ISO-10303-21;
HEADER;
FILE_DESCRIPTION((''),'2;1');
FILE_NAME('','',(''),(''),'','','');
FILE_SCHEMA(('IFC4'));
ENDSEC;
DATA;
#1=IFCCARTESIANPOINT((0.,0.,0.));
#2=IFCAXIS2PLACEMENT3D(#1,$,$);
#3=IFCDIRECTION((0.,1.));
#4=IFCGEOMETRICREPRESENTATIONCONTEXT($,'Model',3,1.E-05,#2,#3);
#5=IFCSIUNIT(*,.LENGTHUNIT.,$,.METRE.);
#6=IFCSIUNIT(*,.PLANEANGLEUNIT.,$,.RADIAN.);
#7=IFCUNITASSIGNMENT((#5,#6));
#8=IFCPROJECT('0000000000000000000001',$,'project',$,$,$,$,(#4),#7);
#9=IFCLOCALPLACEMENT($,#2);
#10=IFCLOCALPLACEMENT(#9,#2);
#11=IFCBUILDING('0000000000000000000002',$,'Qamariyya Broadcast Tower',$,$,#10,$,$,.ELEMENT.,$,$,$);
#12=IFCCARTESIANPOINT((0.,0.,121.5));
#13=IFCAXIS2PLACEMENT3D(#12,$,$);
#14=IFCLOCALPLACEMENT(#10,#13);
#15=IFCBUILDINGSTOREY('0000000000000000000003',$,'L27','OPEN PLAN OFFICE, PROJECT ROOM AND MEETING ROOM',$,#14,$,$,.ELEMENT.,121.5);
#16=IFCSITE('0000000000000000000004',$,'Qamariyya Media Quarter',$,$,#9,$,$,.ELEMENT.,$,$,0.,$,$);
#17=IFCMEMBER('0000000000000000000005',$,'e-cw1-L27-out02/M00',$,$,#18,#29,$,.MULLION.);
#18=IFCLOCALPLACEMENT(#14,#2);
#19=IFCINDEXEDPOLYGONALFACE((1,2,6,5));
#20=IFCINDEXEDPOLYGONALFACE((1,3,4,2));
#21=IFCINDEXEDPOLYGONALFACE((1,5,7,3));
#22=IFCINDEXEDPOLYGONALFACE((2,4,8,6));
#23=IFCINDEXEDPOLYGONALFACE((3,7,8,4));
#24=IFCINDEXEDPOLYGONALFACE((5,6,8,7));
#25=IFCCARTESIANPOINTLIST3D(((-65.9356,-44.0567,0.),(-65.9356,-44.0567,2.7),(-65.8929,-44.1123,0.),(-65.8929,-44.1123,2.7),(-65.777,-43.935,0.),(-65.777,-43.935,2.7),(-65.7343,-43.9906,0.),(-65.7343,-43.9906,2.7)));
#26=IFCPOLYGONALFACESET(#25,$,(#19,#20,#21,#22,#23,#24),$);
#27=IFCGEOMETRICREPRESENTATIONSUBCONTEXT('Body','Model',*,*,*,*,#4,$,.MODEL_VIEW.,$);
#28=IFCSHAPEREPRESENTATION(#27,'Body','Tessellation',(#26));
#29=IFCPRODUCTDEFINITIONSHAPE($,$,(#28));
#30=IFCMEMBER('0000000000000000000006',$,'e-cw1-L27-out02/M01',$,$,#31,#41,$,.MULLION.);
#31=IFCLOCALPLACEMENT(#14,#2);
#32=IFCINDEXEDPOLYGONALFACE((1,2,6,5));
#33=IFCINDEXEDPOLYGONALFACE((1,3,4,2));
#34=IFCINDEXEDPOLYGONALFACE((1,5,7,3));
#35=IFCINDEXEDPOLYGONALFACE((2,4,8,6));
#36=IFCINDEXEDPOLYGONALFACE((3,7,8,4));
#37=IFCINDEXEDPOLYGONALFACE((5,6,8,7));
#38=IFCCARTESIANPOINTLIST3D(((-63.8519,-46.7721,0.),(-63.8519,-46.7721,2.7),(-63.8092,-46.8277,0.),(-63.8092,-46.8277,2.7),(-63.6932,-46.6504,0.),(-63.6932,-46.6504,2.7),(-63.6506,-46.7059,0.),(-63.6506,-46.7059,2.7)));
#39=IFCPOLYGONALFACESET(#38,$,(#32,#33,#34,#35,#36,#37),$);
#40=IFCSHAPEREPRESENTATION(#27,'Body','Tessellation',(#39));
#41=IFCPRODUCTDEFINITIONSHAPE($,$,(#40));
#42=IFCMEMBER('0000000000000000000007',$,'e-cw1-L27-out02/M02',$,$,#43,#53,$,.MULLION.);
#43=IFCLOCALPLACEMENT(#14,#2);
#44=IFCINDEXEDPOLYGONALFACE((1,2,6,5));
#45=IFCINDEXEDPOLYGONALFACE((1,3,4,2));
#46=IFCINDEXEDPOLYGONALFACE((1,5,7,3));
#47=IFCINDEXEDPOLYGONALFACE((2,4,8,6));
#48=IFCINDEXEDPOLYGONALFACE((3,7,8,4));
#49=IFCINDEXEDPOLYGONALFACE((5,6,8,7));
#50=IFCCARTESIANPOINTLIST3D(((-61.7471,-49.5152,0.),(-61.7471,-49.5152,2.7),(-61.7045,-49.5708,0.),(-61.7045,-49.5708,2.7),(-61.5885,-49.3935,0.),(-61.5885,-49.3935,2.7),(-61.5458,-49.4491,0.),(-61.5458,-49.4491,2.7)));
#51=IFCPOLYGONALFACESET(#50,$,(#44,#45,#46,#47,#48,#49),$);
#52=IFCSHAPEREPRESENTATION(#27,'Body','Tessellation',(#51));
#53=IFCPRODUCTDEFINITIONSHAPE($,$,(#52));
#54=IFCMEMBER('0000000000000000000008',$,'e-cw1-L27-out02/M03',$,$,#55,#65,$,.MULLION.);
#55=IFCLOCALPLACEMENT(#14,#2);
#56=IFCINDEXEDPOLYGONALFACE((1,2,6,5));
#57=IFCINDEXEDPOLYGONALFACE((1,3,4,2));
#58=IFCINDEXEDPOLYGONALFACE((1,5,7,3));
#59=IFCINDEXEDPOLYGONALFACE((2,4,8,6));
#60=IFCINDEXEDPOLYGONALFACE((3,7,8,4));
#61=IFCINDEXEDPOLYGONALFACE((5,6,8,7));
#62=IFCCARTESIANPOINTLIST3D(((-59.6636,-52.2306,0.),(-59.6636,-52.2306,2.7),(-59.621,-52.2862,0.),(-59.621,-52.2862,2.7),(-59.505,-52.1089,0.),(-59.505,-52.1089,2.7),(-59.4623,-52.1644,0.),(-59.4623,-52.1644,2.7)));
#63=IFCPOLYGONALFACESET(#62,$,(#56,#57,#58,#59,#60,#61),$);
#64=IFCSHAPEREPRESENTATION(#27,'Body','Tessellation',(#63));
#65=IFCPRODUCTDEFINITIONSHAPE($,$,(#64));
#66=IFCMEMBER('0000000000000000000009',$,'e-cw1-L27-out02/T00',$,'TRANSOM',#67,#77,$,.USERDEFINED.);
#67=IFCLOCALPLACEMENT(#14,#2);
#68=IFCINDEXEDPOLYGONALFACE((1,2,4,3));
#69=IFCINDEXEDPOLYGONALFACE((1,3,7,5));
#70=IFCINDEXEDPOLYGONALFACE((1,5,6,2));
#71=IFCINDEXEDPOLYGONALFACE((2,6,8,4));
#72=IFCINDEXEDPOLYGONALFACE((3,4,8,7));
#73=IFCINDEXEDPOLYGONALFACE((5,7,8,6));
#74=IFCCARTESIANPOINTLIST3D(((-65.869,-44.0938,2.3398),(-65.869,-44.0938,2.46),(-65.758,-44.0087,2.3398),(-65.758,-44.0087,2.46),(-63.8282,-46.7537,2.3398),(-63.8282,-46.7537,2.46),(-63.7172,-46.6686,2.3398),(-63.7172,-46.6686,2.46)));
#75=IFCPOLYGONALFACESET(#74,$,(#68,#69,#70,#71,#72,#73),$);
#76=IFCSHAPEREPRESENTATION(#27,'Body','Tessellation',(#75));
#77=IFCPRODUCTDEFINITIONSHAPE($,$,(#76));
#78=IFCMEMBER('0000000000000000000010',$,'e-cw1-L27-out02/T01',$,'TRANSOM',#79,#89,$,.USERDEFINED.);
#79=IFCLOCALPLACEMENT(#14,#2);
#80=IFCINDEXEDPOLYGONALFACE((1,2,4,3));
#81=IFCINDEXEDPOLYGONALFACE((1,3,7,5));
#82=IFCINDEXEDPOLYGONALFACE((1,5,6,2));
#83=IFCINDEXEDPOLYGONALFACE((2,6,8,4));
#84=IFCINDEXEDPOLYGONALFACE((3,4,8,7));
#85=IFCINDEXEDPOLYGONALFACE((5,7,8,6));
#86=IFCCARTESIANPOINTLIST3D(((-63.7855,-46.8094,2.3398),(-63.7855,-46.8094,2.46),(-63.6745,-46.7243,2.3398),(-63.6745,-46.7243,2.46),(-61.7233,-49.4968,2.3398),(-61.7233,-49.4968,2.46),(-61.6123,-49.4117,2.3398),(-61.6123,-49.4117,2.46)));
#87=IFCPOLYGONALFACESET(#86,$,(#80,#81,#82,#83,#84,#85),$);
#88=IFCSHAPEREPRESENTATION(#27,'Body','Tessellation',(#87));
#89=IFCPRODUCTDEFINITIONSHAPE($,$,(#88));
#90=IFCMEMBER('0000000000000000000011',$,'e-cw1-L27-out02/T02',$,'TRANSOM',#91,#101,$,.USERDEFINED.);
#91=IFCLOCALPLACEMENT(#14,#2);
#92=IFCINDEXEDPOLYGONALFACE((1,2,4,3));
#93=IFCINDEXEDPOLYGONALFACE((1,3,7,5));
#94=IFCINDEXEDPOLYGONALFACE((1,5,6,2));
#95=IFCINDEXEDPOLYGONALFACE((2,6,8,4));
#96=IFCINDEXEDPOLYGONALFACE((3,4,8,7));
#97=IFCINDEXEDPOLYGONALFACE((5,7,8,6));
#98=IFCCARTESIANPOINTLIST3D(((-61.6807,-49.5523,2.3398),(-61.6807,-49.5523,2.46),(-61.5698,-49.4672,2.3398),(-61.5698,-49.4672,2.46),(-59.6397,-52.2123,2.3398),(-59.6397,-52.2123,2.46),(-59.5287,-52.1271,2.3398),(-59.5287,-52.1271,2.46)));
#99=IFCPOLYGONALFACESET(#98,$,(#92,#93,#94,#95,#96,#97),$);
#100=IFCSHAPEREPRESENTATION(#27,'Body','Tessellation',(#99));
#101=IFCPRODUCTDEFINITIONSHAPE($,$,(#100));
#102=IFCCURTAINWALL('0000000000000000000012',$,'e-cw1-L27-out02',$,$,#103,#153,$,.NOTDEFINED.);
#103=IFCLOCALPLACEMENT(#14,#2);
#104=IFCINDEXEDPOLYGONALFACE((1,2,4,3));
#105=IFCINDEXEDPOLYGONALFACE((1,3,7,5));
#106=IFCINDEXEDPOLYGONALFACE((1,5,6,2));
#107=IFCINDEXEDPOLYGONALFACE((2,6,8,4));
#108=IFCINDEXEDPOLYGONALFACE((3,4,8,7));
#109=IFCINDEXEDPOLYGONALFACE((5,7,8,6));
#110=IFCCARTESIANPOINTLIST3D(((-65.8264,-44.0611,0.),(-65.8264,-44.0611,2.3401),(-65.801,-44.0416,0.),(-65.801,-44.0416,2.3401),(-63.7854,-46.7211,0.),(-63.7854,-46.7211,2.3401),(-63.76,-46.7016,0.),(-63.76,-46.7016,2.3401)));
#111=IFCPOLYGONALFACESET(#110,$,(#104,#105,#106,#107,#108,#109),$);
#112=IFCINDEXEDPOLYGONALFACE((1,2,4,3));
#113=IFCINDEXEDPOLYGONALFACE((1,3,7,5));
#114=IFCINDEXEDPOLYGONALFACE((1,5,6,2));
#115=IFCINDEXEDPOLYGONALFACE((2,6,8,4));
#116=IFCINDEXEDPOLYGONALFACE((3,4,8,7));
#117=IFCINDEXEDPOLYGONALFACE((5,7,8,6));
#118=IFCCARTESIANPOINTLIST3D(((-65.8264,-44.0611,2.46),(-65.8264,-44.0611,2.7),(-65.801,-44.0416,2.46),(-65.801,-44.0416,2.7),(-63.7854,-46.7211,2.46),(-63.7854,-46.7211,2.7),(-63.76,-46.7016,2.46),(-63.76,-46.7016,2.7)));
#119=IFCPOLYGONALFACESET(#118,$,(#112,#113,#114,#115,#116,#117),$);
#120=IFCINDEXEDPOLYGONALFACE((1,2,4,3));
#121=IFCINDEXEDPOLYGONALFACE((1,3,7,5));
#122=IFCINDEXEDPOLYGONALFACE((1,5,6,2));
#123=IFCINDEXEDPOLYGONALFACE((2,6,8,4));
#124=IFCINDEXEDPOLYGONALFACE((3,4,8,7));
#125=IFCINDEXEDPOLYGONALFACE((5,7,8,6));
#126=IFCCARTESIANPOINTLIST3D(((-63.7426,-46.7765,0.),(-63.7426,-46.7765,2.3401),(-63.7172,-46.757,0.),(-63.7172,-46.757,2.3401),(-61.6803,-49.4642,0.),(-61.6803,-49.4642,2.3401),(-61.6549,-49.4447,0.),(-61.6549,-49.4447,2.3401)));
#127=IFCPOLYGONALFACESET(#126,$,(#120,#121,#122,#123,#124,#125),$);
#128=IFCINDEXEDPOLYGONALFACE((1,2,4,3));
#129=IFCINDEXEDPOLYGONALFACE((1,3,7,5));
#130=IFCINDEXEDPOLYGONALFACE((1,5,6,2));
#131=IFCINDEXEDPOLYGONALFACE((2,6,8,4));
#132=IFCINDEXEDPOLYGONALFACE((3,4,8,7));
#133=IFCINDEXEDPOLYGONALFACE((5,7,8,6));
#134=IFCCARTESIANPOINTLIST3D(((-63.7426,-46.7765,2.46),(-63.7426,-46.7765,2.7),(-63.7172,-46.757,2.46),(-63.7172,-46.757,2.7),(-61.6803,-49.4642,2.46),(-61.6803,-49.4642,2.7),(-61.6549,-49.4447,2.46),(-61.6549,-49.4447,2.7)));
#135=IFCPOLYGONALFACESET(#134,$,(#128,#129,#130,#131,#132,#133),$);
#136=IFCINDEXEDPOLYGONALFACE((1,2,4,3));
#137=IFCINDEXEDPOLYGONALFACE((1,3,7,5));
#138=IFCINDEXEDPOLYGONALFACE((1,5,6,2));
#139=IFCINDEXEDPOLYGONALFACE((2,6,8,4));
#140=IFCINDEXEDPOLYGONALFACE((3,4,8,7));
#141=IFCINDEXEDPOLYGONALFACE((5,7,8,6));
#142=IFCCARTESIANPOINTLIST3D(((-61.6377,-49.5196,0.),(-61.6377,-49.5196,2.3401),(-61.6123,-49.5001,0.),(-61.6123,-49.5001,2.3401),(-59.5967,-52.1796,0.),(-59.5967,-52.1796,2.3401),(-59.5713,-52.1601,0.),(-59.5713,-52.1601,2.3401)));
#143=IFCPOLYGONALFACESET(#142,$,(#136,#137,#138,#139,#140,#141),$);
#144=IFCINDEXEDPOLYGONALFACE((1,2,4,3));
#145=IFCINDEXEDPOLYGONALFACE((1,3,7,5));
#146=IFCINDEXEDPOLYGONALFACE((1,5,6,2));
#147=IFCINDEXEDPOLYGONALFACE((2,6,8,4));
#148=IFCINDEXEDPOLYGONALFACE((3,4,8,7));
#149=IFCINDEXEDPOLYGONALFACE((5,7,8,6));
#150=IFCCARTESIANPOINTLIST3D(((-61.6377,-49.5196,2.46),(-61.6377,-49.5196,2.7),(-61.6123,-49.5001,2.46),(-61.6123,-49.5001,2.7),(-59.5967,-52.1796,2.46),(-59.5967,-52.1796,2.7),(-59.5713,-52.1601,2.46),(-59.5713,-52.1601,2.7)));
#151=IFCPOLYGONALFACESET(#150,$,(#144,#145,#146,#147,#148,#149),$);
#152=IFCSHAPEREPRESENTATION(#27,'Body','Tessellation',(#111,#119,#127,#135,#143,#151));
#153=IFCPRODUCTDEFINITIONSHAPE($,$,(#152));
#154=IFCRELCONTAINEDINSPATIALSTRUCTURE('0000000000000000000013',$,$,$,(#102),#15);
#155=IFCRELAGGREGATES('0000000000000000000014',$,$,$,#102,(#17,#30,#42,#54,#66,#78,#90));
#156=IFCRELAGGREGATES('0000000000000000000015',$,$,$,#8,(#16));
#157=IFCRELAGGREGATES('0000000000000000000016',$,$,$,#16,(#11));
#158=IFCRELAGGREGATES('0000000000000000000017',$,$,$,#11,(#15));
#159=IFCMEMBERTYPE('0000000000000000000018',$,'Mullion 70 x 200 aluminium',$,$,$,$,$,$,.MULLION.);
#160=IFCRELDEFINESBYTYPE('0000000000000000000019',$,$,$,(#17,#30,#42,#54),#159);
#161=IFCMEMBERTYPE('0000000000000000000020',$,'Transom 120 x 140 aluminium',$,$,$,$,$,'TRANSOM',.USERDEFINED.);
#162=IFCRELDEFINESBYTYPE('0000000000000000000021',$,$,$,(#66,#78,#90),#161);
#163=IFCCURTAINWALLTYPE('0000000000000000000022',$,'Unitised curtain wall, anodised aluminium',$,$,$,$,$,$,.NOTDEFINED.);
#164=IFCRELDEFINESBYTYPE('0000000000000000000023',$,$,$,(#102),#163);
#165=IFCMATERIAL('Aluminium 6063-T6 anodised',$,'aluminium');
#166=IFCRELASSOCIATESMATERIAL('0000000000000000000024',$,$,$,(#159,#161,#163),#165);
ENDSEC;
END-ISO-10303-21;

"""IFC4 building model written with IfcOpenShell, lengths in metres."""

from ifc_helpers import new_model, si_unit, direction, frame, origin, origin_2d, place, context, subcontext, project, spatial, rectangle, extrude, material, material_profile, profile_set, type_object, element, aggregate, save


model = new_model("IFC4")

# Units and contexts
model_context = context("Model", 3, precision=1e-05, world=origin(), true_north=direction((0.0, 1.0)))
body_context = subcontext(model_context, "Body", "Model", "MODEL_VIEW")
ifc_project = project(units=[si_unit("LENGTHUNIT", "METRE"), si_unit("PLANEANGLEUNIT", "RADIAN")], contexts=[model_context])

# Members
ifc_material = material(Name="Aluminium 6063-T6 anodised", Category="aluminium")
ifc_material_profile_1 = material_profile(ifc_material, rectangle(XDim=0.2, YDim=0.0701, at=origin_2d()))
ifc_profile_set_1 = profile_set([ifc_material_profile_1], Name="Aluminium 6063-T6 anodised")
member_type_1 = type_object("IfcMemberType", Name="Mullion 70 x 200 aluminium", PredefinedType="MULLION", material=ifc_profile_set_1)
site_placement = place(None, origin())
building_placement = place(site_placement, origin())
storey_placement = place(building_placement, frame((0.0, 0.0, 121.5)))
member_1_placement = place(storey_placement, frame((-65.835, -44.0237, 0.0), z_axis=(0.0, 0.0, 1.0), x_axis=(0.793353, 0.608761, 0.0)))
member_1 = element("IfcMember", 1, at=member_1_placement, type_object=member_type_1, Name="e-cw1-L27-out02/M00", PredefinedType="MULLION", context=body_context, shape_type="SweptSolid", body=[
    extrude(rectangle(XDim=0.2, YDim=0.0701, at=origin_2d()), origin(), (0.0, 0.0, 1.0), 2.7),
])
member_2_placement = place(storey_placement, frame((-63.7512, -46.739, 0.0), z_axis=(0.0, 0.0, 1.0), x_axis=(0.793353, 0.608761, 0.0)))
member_2 = element("IfcMember", 2, at=member_2_placement, type_object=member_type_1, Name="e-cw1-L27-out02/M01", PredefinedType="MULLION", context=body_context, shape_type="SweptSolid", body=[
    extrude(rectangle(XDim=0.2, YDim=0.0701, at=origin_2d()), origin(), (0.0, 0.0, 1.0), 2.7),
])
member_3_placement = place(storey_placement, frame((-61.6465, -49.4822, 0.0), z_axis=(0.0, 0.0, 1.0), x_axis=(0.793353, 0.608761, 0.0)))
member_3 = element("IfcMember", 3, at=member_3_placement, type_object=member_type_1, Name="e-cw1-L27-out02/M02", PredefinedType="MULLION", context=body_context, shape_type="SweptSolid", body=[
    extrude(rectangle(XDim=0.2, YDim=0.0701, at=origin_2d()), origin(), (0.0, 0.0, 1.0), 2.7),
])
member_4_placement = place(storey_placement, frame((-59.563, -52.1975, 0.0), z_axis=(0.0, 0.0, 1.0), x_axis=(0.793353, 0.608761, 0.0)))
member_4 = element("IfcMember", 4, at=member_4_placement, type_object=member_type_1, Name="e-cw1-L27-out02/M03", PredefinedType="MULLION", context=body_context, shape_type="SweptSolid", body=[
    extrude(rectangle(XDim=0.2, YDim=0.0701, at=origin_2d()), origin(), (0.0, 0.0, 1.0), 2.7),
])
ifc_material_profile_2 = material_profile(ifc_material, rectangle(XDim=0.1399, YDim=0.1201, at=origin_2d()))
ifc_profile_set_2 = profile_set([ifc_material_profile_2], Name="Aluminium 6063-T6 anodised")
member_type_2 = type_object("IfcMemberType", Name="Transom 120 x 140 aluminium", ElementType="TRANSOM", PredefinedType="USERDEFINED", material=ifc_profile_set_2)
member_5_placement = place(storey_placement, frame((-65.8135, -44.0513, 2.3999), z_axis=(0.608714, -0.793389, 0.0), x_axis=(0.793389, 0.608714, 0.0)))
member_5 = element("IfcMember", 5, at=member_5_placement, type_object=member_type_2, Name="e-cw1-L27-out02/T00", ObjectType="TRANSOM", PredefinedType="USERDEFINED", context=body_context, shape_type="SweptSolid", body=[
    extrude(rectangle(XDim=0.1399, YDim=0.1201, at=origin_2d()), origin(), (0.0, 0.0, 1.0), 3.3525),
])
member_6_placement = place(storey_placement, frame((-63.73, -46.7668, 2.3999), z_axis=(0.608773, -0.793344, 0.0), x_axis=(0.793344, 0.608773, 0.0)))
member_6 = element("IfcMember", 6, at=member_6_placement, type_object=member_type_2, Name="e-cw1-L27-out02/T01", ObjectType="TRANSOM", PredefinedType="USERDEFINED", context=body_context, shape_type="SweptSolid", body=[
    extrude(rectangle(XDim=0.1399, YDim=0.1201, at=origin_2d()), origin(), (0.0, 0.0, 1.0), 3.3875),
])
member_7_placement = place(storey_placement, frame((-61.6252, -49.5098, 2.3999), z_axis=(0.60876, -0.793354, 0.0), x_axis=(0.793354, 0.60876, 0.0)))
member_7 = element("IfcMember", 7, at=member_7_placement, type_object=member_type_2, Name="e-cw1-L27-out02/T02", ObjectType="TRANSOM", PredefinedType="USERDEFINED", context=body_context, shape_type="SweptSolid", body=[
    extrude(rectangle(XDim=0.1399, YDim=0.1201, at=origin_2d()), origin(), (0.0, 0.0, 1.0), 3.3528),
])

# Site, building, storey
site = spatial("IfcSite", under=ifc_project, at=site_placement, Name="Qamariyya Media Quarter", CompositionType="ELEMENT", RefElevation=0.0)
building = spatial("IfcBuilding", under=site, at=building_placement, Name="Qamariyya Broadcast Tower", CompositionType="ELEMENT")
storey = spatial("IfcBuildingStorey", under=building, at=storey_placement, Name="L27", Description="OPEN PLAN OFFICE, PROJECT ROOM AND MEETING ROOM", CompositionType="ELEMENT", Elevation=121.5)

# Curtain wall
curtain_wall_type = type_object("IfcCurtainWallType", Name="Unitised curtain wall, anodised aluminium", PredefinedType="NOTDEFINED", material=ifc_material)
curtain_wall_1_placement = place(storey_placement, origin())
curtain_wall_1 = element("IfcCurtainWall", 8, at=curtain_wall_1_placement, inside=storey, type_object=curtain_wall_type, Name="e-cw1-L27-out02", PredefinedType="NOTDEFINED", context=body_context, shape_type="SweptSolid", body=[
    extrude(rectangle(XDim=3.3528, YDim=0.032, at=origin_2d()), frame((-64.7932, -45.3813, 0.0), x_axis=(0.608761, -0.793354, 0.0)), (0.0, 0.0, 1.0), 2.3401),
    extrude(rectangle(XDim=3.3528, YDim=0.032, at=origin_2d()), frame((-64.7932, -45.3813, 2.46), x_axis=(0.608761, -0.793354, 0.0)), (0.0, 0.0, 1.0), 0.24),
    extrude(rectangle(XDim=3.3877, YDim=0.032, at=origin_2d()), frame((-62.6987, -48.1106, 0.0), x_axis=(0.608761, -0.793354, 0.0)), (0.0, 0.0, 1.0), 2.3401),
    extrude(rectangle(XDim=3.3877, YDim=0.032, at=origin_2d()), frame((-62.6987, -48.1106, 2.46), x_axis=(0.608761, -0.793354, 0.0)), (0.0, 0.0, 1.0), 0.24),
    extrude(rectangle(XDim=3.3528, YDim=0.032, at=origin_2d()), frame((-60.6045, -50.8398, 0.0), x_axis=(0.608761, -0.793354, 0.0)), (0.0, 0.0, 1.0), 2.3401),
    extrude(rectangle(XDim=3.3528, YDim=0.032, at=origin_2d()), frame((-60.6045, -50.8398, 2.46), x_axis=(0.608761, -0.793354, 0.0)), (0.0, 0.0, 1.0), 0.24),
])
aggregate(curtain_wall_1, [member_1, member_2, member_3, member_4, member_5, member_6, member_7])

save(model, "model.ifc")
